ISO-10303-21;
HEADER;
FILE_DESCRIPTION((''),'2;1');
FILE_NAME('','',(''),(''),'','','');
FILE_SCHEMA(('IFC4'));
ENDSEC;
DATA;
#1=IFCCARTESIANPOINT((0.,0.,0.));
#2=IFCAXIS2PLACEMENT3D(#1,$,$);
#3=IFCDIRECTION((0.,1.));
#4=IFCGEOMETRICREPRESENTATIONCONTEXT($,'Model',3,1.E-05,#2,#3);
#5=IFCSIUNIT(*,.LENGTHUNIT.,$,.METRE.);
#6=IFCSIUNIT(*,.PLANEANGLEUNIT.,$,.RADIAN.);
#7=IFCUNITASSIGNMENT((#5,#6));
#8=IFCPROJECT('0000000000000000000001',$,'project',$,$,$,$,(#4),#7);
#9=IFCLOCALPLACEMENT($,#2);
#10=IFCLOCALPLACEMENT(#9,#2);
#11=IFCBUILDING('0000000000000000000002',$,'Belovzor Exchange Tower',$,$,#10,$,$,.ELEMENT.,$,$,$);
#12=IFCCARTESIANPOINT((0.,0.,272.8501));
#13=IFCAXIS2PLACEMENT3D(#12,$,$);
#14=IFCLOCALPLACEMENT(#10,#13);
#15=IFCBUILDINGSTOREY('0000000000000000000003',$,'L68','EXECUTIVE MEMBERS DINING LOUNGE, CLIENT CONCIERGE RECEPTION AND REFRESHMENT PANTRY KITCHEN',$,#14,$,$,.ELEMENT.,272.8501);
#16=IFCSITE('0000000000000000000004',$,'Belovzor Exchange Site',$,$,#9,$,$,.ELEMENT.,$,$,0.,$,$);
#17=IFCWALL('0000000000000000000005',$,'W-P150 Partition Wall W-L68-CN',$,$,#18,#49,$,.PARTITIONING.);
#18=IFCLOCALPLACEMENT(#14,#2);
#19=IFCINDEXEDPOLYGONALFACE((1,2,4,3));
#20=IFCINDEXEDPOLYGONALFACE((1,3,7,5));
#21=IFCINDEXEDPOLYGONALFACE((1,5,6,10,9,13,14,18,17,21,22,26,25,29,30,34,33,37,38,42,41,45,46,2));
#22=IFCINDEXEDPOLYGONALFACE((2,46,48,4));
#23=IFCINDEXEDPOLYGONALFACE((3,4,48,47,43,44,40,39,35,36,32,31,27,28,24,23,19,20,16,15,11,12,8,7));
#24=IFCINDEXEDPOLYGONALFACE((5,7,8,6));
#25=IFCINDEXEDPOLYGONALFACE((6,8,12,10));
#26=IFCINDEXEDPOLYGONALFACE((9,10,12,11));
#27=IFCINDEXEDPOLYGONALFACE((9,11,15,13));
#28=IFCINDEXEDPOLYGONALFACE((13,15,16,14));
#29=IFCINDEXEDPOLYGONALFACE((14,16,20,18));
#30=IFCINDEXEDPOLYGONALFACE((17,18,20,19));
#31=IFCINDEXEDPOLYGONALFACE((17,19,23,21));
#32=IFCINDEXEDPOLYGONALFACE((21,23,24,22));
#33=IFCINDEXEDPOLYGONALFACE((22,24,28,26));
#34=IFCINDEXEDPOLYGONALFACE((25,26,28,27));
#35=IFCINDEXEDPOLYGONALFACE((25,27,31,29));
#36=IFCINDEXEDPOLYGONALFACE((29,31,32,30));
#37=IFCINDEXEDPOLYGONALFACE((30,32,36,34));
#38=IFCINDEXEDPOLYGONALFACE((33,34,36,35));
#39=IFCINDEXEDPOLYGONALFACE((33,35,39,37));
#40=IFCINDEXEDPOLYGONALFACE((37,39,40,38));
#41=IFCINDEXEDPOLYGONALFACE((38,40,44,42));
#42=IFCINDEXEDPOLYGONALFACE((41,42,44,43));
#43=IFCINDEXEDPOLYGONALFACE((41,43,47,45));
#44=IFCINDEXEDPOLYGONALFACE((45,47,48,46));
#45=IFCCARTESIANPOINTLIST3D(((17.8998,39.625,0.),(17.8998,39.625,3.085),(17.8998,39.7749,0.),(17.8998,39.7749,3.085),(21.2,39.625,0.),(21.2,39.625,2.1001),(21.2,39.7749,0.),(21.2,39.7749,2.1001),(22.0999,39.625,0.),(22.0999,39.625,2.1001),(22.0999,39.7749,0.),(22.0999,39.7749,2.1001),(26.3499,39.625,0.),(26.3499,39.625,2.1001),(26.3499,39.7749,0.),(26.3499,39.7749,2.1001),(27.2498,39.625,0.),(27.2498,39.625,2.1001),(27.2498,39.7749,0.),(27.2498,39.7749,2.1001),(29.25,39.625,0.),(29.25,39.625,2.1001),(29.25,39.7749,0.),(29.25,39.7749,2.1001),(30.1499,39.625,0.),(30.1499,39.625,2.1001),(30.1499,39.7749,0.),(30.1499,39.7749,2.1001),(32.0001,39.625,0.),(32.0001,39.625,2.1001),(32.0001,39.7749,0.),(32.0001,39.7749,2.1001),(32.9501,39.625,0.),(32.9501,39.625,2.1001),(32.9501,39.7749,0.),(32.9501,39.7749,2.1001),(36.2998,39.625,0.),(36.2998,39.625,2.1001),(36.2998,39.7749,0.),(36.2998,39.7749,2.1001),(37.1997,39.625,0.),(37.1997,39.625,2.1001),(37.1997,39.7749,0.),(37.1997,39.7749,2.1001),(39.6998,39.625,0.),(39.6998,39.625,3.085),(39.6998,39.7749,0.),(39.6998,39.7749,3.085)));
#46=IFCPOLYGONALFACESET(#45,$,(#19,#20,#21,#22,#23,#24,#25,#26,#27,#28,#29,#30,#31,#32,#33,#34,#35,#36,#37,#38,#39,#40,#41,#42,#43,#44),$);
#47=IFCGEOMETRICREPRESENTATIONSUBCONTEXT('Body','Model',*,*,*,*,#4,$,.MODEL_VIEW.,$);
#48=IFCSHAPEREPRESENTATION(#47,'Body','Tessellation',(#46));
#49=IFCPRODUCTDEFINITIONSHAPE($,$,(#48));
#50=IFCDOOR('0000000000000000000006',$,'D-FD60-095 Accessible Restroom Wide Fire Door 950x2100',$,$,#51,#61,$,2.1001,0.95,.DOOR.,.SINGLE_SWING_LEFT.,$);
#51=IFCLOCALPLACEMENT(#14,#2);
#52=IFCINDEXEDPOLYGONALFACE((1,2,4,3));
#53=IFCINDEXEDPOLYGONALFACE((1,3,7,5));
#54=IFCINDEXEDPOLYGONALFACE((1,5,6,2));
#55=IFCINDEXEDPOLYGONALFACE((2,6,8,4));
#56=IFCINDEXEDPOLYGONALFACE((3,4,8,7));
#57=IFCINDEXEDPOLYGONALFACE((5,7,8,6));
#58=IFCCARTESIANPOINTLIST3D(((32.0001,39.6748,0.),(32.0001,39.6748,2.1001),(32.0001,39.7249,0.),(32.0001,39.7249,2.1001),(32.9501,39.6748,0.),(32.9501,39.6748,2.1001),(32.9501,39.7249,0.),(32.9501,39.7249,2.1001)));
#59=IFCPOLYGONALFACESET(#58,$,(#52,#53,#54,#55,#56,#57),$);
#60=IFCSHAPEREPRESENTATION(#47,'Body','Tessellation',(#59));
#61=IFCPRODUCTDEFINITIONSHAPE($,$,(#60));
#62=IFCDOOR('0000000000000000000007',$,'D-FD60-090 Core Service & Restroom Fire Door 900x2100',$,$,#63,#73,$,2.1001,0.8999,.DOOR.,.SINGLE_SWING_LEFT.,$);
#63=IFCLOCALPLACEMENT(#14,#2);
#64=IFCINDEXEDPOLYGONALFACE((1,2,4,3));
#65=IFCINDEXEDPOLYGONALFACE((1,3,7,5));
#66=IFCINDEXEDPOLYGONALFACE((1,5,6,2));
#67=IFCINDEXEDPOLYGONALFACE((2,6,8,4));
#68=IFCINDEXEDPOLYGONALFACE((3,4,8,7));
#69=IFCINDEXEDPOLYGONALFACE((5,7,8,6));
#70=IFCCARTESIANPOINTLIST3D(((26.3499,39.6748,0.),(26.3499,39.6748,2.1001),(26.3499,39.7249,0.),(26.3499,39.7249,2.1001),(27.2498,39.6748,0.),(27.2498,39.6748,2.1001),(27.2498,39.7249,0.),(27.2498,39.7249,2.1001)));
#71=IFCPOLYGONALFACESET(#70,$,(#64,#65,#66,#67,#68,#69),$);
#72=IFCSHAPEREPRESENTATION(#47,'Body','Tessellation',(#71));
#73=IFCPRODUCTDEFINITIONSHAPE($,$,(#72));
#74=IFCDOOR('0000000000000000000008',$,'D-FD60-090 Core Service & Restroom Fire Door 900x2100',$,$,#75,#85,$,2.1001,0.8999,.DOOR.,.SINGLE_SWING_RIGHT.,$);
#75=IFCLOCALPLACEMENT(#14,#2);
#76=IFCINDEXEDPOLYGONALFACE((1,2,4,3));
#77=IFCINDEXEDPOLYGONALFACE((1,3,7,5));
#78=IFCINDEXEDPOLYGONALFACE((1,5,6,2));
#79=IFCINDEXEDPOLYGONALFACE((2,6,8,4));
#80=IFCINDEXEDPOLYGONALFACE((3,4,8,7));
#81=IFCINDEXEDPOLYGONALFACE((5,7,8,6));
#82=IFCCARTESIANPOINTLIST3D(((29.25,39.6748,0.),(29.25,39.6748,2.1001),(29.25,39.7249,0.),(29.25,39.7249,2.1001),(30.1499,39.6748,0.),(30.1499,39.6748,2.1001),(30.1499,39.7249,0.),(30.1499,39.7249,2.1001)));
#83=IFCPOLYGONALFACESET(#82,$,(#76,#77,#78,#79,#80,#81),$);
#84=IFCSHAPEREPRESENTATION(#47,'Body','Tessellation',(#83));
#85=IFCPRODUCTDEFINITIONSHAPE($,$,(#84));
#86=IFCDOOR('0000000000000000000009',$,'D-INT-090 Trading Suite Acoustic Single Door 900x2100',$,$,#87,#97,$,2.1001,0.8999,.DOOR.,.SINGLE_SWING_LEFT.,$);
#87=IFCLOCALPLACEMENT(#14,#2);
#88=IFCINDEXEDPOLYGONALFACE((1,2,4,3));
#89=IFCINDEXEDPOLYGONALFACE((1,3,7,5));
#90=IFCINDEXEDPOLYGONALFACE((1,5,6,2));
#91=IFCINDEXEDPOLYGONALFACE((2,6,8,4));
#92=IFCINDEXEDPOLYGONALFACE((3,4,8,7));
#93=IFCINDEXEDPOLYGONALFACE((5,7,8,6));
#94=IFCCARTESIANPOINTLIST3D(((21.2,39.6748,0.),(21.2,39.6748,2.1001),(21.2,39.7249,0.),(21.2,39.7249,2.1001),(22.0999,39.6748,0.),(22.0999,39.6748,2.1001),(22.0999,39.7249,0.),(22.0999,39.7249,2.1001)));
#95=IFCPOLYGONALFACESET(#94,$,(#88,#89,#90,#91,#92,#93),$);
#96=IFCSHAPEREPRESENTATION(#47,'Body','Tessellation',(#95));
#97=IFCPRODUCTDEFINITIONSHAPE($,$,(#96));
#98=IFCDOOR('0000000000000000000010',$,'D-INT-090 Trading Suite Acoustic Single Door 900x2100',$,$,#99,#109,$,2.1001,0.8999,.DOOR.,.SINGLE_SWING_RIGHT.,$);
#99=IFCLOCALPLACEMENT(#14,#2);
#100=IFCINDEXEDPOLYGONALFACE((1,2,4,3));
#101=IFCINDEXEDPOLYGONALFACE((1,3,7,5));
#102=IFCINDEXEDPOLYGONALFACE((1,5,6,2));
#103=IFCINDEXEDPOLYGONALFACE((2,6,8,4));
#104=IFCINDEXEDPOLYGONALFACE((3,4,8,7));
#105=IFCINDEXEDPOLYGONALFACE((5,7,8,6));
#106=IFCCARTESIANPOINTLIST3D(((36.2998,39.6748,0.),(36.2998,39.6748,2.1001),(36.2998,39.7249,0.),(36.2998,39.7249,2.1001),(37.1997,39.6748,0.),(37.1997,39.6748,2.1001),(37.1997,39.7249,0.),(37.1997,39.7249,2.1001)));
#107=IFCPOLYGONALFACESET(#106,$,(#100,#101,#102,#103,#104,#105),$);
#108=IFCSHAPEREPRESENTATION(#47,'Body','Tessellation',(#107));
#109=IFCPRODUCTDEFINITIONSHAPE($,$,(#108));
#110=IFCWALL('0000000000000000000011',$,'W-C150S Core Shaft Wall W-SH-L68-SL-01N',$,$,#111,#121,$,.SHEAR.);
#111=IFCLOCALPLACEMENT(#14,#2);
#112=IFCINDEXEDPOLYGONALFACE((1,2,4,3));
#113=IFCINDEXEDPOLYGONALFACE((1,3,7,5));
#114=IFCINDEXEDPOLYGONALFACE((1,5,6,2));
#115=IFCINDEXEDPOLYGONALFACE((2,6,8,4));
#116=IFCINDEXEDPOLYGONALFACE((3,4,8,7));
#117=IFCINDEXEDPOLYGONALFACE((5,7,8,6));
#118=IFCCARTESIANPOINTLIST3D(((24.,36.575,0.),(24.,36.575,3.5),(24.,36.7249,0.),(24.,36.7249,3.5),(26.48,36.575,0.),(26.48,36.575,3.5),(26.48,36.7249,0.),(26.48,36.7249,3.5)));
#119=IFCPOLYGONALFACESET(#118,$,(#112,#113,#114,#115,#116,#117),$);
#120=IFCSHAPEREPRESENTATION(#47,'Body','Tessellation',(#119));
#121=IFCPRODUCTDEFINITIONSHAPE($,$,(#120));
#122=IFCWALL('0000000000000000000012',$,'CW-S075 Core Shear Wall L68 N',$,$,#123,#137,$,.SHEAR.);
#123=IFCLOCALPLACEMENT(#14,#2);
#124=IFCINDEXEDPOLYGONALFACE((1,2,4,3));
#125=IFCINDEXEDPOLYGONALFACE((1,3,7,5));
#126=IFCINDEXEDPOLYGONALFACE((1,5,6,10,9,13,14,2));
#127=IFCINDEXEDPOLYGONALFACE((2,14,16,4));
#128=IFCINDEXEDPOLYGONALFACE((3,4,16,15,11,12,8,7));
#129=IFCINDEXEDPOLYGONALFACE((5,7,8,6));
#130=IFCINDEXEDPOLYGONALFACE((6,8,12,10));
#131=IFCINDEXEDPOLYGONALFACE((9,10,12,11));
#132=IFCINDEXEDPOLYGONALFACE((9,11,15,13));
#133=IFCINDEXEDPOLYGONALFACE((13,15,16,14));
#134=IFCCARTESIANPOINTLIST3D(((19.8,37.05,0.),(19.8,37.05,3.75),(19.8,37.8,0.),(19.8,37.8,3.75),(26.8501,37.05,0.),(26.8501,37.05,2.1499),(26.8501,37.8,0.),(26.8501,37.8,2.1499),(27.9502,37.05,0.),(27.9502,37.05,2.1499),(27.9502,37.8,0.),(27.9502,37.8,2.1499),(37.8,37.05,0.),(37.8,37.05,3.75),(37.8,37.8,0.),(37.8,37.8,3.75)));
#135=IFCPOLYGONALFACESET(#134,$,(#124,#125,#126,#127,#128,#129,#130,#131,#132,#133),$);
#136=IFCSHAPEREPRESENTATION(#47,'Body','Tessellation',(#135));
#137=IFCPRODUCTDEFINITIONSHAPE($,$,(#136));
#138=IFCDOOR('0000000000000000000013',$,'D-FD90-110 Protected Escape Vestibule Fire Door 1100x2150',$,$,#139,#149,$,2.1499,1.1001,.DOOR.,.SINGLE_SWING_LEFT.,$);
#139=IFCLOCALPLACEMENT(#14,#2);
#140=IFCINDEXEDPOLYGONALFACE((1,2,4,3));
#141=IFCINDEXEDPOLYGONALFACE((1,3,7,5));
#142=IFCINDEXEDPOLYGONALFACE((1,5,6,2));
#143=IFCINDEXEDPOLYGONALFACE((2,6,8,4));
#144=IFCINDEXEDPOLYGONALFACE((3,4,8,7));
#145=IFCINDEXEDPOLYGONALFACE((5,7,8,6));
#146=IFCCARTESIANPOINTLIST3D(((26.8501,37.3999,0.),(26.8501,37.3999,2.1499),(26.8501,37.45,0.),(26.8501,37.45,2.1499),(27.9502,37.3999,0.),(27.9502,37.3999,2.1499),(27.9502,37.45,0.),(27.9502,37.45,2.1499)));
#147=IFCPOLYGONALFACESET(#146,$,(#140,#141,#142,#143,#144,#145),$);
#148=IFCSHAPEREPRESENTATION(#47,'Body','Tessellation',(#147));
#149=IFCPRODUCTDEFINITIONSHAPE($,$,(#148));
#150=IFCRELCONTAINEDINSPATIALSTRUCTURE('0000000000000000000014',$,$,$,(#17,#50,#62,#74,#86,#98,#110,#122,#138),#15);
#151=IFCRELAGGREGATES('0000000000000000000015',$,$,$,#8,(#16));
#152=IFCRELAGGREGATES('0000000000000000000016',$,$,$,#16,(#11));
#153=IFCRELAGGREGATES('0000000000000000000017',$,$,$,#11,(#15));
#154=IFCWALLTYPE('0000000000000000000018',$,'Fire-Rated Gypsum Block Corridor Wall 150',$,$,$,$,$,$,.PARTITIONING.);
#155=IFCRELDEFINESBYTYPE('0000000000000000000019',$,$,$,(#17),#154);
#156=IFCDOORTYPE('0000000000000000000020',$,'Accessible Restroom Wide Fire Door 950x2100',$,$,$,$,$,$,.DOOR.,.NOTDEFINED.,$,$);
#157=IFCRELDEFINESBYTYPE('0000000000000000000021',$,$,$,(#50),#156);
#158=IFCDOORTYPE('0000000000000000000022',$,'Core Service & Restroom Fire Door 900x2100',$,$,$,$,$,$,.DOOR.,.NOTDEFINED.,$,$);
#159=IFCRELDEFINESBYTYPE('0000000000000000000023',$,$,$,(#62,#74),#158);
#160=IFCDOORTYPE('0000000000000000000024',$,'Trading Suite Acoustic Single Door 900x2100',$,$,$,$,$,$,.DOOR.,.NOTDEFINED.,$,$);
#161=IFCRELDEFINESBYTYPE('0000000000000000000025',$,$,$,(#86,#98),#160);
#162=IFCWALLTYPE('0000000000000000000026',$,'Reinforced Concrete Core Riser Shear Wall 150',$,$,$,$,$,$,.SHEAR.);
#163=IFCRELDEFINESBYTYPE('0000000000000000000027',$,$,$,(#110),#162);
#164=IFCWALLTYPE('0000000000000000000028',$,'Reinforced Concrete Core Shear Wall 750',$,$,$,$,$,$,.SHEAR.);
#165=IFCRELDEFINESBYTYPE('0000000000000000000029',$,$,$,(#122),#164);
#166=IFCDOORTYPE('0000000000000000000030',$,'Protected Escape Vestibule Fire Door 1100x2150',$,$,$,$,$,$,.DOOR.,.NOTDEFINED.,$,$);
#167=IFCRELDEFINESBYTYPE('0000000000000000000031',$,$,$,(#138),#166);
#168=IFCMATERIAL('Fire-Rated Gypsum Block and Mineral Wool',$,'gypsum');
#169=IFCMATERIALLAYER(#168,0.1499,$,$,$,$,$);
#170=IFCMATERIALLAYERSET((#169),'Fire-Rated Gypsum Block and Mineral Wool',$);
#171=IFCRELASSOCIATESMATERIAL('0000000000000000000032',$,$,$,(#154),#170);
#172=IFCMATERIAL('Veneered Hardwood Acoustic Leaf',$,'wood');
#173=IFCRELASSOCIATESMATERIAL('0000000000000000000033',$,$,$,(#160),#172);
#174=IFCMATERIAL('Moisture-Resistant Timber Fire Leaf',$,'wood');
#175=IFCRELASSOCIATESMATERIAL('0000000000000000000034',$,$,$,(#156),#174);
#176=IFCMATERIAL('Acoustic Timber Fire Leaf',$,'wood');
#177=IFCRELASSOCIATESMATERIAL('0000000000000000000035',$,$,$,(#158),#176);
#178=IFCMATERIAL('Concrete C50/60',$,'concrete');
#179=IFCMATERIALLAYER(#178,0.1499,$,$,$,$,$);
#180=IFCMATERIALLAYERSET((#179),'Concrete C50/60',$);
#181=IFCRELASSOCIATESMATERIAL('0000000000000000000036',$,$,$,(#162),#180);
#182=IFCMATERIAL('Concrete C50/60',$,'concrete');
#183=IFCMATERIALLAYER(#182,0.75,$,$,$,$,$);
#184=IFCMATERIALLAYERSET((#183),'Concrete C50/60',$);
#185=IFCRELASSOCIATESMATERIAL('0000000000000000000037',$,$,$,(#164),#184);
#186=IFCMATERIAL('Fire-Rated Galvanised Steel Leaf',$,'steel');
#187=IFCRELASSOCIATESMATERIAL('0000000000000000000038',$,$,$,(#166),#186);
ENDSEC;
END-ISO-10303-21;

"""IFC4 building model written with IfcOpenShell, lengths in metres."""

from ifc_helpers import new_model, si_unit, direction, frame, frame_2d, origin, place, context, subcontext, project, spatial, rectangle, extrude, material, layer, layer_set, type_object, element, fill, save


model = new_model("IFC4")

# Units and contexts
model_context = context("Model", 3, precision=1e-05, world=origin(), true_north=direction((0.0, 1.0)))
body_context = subcontext(model_context, "Body", "Model", "MODEL_VIEW")
ifc_project = project(units=[si_unit("LENGTHUNIT", "METRE"), si_unit("PLANEANGLEUNIT", "RADIAN")], contexts=[model_context])

# Site, building, storey
site_placement = place(None, origin())
site = spatial("IfcSite", under=ifc_project, at=site_placement, Name="Belovzor Exchange Site", CompositionType="ELEMENT", RefElevation=0.0)
building_placement = place(site_placement, origin())
building = spatial("IfcBuilding", under=site, at=building_placement, Name="Belovzor Exchange Tower", CompositionType="ELEMENT")
storey_placement = place(building_placement, frame((0.0, 0.0, 272.8501)))
storey = spatial("IfcBuildingStorey", under=building, at=storey_placement, Name="L68", Description="EXECUTIVE MEMBERS DINING LOUNGE, CLIENT CONCIERGE RECEPTION AND REFRESHMENT PANTRY KITCHEN", CompositionType="ELEMENT", Elevation=272.8501)

# Shared definitions
ifc_material_1 = material(Name="Fire-Rated Gypsum Block and Mineral Wool", Category="gypsum")
ifc_layer_1 = layer(ifc_material_1, 0.1499)
ifc_layer_set_1 = layer_set([ifc_layer_1], Name="Fire-Rated Gypsum Block and Mineral Wool")
wall_type_1 = type_object("IfcWallType", Name="Fire-Rated Gypsum Block Corridor Wall 150", PredefinedType="PARTITIONING", material=ifc_layer_set_1)

# Shared definitions
ifc_material_2 = material(Name="Veneered Hardwood Acoustic Leaf", Category="wood")
door_type_1 = type_object("IfcDoorType", Name="Trading Suite Acoustic Single Door 900x2100", OperationType="NOTDEFINED", PredefinedType="DOOR", material=ifc_material_2)

# Wall, openings, doors
wall_1_placement = place(storey_placement, frame((17.8999, 39.7, 0.0), z_axis=(0.0, 0.0, 1.0), x_axis=(1.0, 0.0, 0.0)))
wall_1 = element("IfcWall", 1, at=wall_1_placement, inside=storey, type_object=wall_type_1, Name="W-P150 Partition Wall W-L68-CN", PredefinedType="PARTITIONING", context=body_context, shape_type="SweptSolid", body=[
    extrude(rectangle(XDim=21.8, YDim=0.1499, at=frame_2d((10.8999, 0.0))), origin(), (0.0, 0.0, 1.0), 3.085),
])
opening_1_placement = place(wall_1_placement, frame((3.3, 0.0, 0.0)))
opening_1 = element("IfcOpeningElement", 2, at=opening_1_placement, cuts=wall_1, PredefinedType="OPENING", context=body_context, shape_type="SweptSolid", body=[
    extrude(rectangle(XDim=0.8999, YDim=2.1001, at=frame_2d((0.45, 1.05))), frame((0.0, 0.085, 0.0), z_axis=(0.0, -1.0, 0.0), x_axis=(1.0, 0.0, 0.0)), (0.0, 0.0, 1.0), 0.1699),
])
opening_2_placement = place(wall_1_placement, frame((8.45, 0.0, 0.0)))
opening_2 = element("IfcOpeningElement", 3, at=opening_2_placement, cuts=wall_1, PredefinedType="OPENING", context=body_context, shape_type="SweptSolid", body=[
    extrude(rectangle(XDim=0.8999, YDim=2.1001, at=frame_2d((0.45, 1.05))), frame((0.0, 0.085, 0.0), z_axis=(0.0, -1.0, 0.0), x_axis=(1.0, 0.0, 0.0)), (0.0, 0.0, 1.0), 0.1699),
])
opening_3_placement = place(wall_1_placement, frame((11.3501, 0.0, 0.0)))
opening_3 = element("IfcOpeningElement", 4, at=opening_3_placement, cuts=wall_1, PredefinedType="OPENING", context=body_context, shape_type="SweptSolid", body=[
    extrude(rectangle(XDim=0.8999, YDim=2.1001, at=frame_2d((0.45, 1.05))), frame((0.0, 0.085, 0.0), z_axis=(0.0, -1.0, 0.0), x_axis=(1.0, 0.0, 0.0)), (0.0, 0.0, 1.0), 0.1699),
])
opening_4_placement = place(wall_1_placement, frame((14.1001, 0.0, 0.0)))
opening_4 = element("IfcOpeningElement", 5, at=opening_4_placement, cuts=wall_1, PredefinedType="OPENING", context=body_context, shape_type="SweptSolid", body=[
    extrude(rectangle(XDim=0.95, YDim=2.1001, at=frame_2d((0.4751, 1.05))), frame((0.0, 0.085, 0.0), z_axis=(0.0, -1.0, 0.0), x_axis=(1.0, 0.0, 0.0)), (0.0, 0.0, 1.0), 0.1699),
])
opening_5_placement = place(wall_1_placement, frame((18.3999, 0.0, 0.0)))
opening_5 = element("IfcOpeningElement", 6, at=opening_5_placement, cuts=wall_1, PredefinedType="OPENING", context=body_context, shape_type="SweptSolid", body=[
    extrude(rectangle(XDim=0.8999, YDim=2.1001, at=frame_2d((0.45, 1.05))), frame((0.0, 0.085, 0.0), z_axis=(0.0, -1.0, 0.0), x_axis=(1.0, 0.0, 0.0)), (0.0, 0.0, 1.0), 0.1699),
])
ifc_material_3 = material(Name="Moisture-Resistant Timber Fire Leaf", Category="wood")
door_type_2 = type_object("IfcDoorType", Name="Accessible Restroom Wide Fire Door 950x2100", OperationType="NOTDEFINED", PredefinedType="DOOR", material=ifc_material_3)
door_1_placement = place(opening_4_placement, origin())
door_1 = element("IfcDoor", 7, at=door_1_placement, inside=storey, type_object=door_type_2, Name="D-FD60-095 Accessible Restroom Wide Fire Door 950x2100", OperationType="SINGLE_SWING_LEFT", OverallHeight=2.1001, OverallWidth=0.95, PredefinedType="DOOR", context=body_context, shape_type="SweptSolid", body=[
    extrude(rectangle(XDim=0.95, YDim=2.1001, at=frame_2d((0.4751, 1.05))), frame((0.0, 0.0249, 0.0), z_axis=(0.0, -1.0, 0.0), x_axis=(1.0, 0.0, 0.0)), (0.0, 0.0, 1.0), 0.05),
])
fill(opening_4, door_1)
ifc_material_4 = material(Name="Acoustic Timber Fire Leaf", Category="wood")
door_type_3 = type_object("IfcDoorType", Name="Core Service & Restroom Fire Door 900x2100", OperationType="NOTDEFINED", PredefinedType="DOOR", material=ifc_material_4)
door_2_placement = place(opening_2_placement, origin())
door_2 = element("IfcDoor", 8, at=door_2_placement, inside=storey, type_object=door_type_3, Name="D-FD60-090 Core Service & Restroom Fire Door 900x2100", OperationType="SINGLE_SWING_LEFT", OverallHeight=2.1001, OverallWidth=0.8999, PredefinedType="DOOR", context=body_context, shape_type="SweptSolid", body=[
    extrude(rectangle(XDim=0.8999, YDim=2.1001, at=frame_2d((0.45, 1.05))), frame((0.0, 0.0249, 0.0), z_axis=(0.0, -1.0, 0.0), x_axis=(1.0, 0.0, 0.0)), (0.0, 0.0, 1.0), 0.05),
])
fill(opening_2, door_2)
door_3_placement = place(opening_3_placement, origin())
door_3 = element("IfcDoor", 9, at=door_3_placement, inside=storey, type_object=door_type_3, Name="D-FD60-090 Core Service & Restroom Fire Door 900x2100", OperationType="SINGLE_SWING_RIGHT", OverallHeight=2.1001, OverallWidth=0.8999, PredefinedType="DOOR", context=body_context, shape_type="SweptSolid", body=[
    extrude(rectangle(XDim=0.8999, YDim=2.1001, at=frame_2d((0.45, 1.05))), frame((0.0, 0.0249, 0.0), z_axis=(0.0, -1.0, 0.0), x_axis=(1.0, 0.0, 0.0)), (0.0, 0.0, 1.0), 0.05),
])
fill(opening_3, door_3)
door_4_placement = place(opening_1_placement, origin())
door_4 = element("IfcDoor", 10, at=door_4_placement, inside=storey, type_object=door_type_1, Name="D-INT-090 Trading Suite Acoustic Single Door 900x2100", OperationType="SINGLE_SWING_LEFT", OverallHeight=2.1001, OverallWidth=0.8999, PredefinedType="DOOR", context=body_context, shape_type="SweptSolid", body=[
    extrude(rectangle(XDim=0.8999, YDim=2.1001, at=frame_2d((0.45, 1.05))), frame((0.0, 0.0249, 0.0), z_axis=(0.0, -1.0, 0.0), x_axis=(1.0, 0.0, 0.0)), (0.0, 0.0, 1.0), 0.05),
])
fill(opening_1, door_4)
door_5_placement = place(opening_5_placement, origin())
door_5 = element("IfcDoor", 11, at=door_5_placement, inside=storey, type_object=door_type_1, Name="D-INT-090 Trading Suite Acoustic Single Door 900x2100", OperationType="SINGLE_SWING_RIGHT", OverallHeight=2.1001, OverallWidth=0.8999, PredefinedType="DOOR", context=body_context, shape_type="SweptSolid", body=[
    extrude(rectangle(XDim=0.8999, YDim=2.1001, at=frame_2d((0.45, 1.05))), frame((0.0, 0.0249, 0.0), z_axis=(0.0, -1.0, 0.0), x_axis=(1.0, 0.0, 0.0)), (0.0, 0.0, 1.0), 0.05),
])
fill(opening_5, door_5)

# Wall
ifc_material_5 = material(Name="Concrete C50/60", Category="concrete")
ifc_layer_2 = layer(ifc_material_5, 0.1499)
ifc_layer_set_2 = layer_set([ifc_layer_2], Name="Concrete C50/60")
wall_type_2 = type_object("IfcWallType", Name="Reinforced Concrete Core Riser Shear Wall 150", PredefinedType="SHEAR", material=ifc_layer_set_2)
wall_2_placement = place(storey_placement, frame((24.0, 36.6499, 0.0), z_axis=(0.0, 0.0, 1.0), x_axis=(1.0, 0.0, 0.0)))
element("IfcWall", 12, at=wall_2_placement, inside=storey, type_object=wall_type_2, Name="W-C150S Core Shaft Wall W-SH-L68-SL-01N", PredefinedType="SHEAR", context=body_context, shape_type="SweptSolid", body=[
    extrude(rectangle(XDim=2.48, YDim=0.1499, at=frame_2d((1.24, 0.0))), origin(), (0.0, 0.0, 1.0), 3.5),
])

# Wall, opening, door
ifc_material_6 = material(Name="Concrete C50/60", Category="concrete")
ifc_layer_3 = layer(ifc_material_6, 0.75)
ifc_layer_set_3 = layer_set([ifc_layer_3], Name="Concrete C50/60")
wall_type_3 = type_object("IfcWallType", Name="Reinforced Concrete Core Shear Wall 750", PredefinedType="SHEAR", material=ifc_layer_set_3)
wall_3_placement = place(storey_placement, frame((19.8, 37.425, 0.0), z_axis=(0.0, 0.0, 1.0), x_axis=(1.0, 0.0, 0.0)))
wall_3 = element("IfcWall", 13, at=wall_3_placement, inside=storey, type_object=wall_type_3, Name="CW-S075 Core Shear Wall L68 N", PredefinedType="SHEAR", context=body_context, shape_type="SweptSolid", body=[
    extrude(rectangle(XDim=18.0, YDim=0.75, at=frame_2d((9.0, 0.0))), origin(), (0.0, 0.0, 1.0), 3.75),
])
opening_6_placement = place(wall_3_placement, frame((7.05, 0.0, 0.0)))
opening_6 = element("IfcOpeningElement", 14, at=opening_6_placement, cuts=wall_3, PredefinedType="OPENING", context=body_context, shape_type="SweptSolid", body=[
    extrude(rectangle(XDim=1.1001, YDim=2.1499, at=frame_2d((0.55, 1.075))), frame((0.0, 0.385, 0.0), z_axis=(0.0, -1.0, 0.0), x_axis=(1.0, 0.0, 0.0)), (0.0, 0.0, 1.0), 0.77),
])
ifc_material_7 = material(Name="Fire-Rated Galvanised Steel Leaf", Category="steel")
door_type_4 = type_object("IfcDoorType", Name="Protected Escape Vestibule Fire Door 1100x2150", OperationType="NOTDEFINED", PredefinedType="DOOR", material=ifc_material_7)
door_6_placement = place(opening_6_placement, origin())
door_6 = element("IfcDoor", 15, at=door_6_placement, inside=storey, type_object=door_type_4, Name="D-FD90-110 Protected Escape Vestibule Fire Door 1100x2150", OperationType="SINGLE_SWING_LEFT", OverallHeight=2.1499, OverallWidth=1.1001, PredefinedType="DOOR", context=body_context, shape_type="SweptSolid", body=[
    extrude(rectangle(XDim=1.1001, YDim=2.1499, at=frame_2d((0.55, 1.075))), frame((0.0, 0.0249, 0.0), z_axis=(0.0, -1.0, 0.0), x_axis=(1.0, 0.0, 0.0)), (0.0, 0.0, 1.0), 0.05),
])
fill(opening_6, door_6)

save(model, "model.ifc")
